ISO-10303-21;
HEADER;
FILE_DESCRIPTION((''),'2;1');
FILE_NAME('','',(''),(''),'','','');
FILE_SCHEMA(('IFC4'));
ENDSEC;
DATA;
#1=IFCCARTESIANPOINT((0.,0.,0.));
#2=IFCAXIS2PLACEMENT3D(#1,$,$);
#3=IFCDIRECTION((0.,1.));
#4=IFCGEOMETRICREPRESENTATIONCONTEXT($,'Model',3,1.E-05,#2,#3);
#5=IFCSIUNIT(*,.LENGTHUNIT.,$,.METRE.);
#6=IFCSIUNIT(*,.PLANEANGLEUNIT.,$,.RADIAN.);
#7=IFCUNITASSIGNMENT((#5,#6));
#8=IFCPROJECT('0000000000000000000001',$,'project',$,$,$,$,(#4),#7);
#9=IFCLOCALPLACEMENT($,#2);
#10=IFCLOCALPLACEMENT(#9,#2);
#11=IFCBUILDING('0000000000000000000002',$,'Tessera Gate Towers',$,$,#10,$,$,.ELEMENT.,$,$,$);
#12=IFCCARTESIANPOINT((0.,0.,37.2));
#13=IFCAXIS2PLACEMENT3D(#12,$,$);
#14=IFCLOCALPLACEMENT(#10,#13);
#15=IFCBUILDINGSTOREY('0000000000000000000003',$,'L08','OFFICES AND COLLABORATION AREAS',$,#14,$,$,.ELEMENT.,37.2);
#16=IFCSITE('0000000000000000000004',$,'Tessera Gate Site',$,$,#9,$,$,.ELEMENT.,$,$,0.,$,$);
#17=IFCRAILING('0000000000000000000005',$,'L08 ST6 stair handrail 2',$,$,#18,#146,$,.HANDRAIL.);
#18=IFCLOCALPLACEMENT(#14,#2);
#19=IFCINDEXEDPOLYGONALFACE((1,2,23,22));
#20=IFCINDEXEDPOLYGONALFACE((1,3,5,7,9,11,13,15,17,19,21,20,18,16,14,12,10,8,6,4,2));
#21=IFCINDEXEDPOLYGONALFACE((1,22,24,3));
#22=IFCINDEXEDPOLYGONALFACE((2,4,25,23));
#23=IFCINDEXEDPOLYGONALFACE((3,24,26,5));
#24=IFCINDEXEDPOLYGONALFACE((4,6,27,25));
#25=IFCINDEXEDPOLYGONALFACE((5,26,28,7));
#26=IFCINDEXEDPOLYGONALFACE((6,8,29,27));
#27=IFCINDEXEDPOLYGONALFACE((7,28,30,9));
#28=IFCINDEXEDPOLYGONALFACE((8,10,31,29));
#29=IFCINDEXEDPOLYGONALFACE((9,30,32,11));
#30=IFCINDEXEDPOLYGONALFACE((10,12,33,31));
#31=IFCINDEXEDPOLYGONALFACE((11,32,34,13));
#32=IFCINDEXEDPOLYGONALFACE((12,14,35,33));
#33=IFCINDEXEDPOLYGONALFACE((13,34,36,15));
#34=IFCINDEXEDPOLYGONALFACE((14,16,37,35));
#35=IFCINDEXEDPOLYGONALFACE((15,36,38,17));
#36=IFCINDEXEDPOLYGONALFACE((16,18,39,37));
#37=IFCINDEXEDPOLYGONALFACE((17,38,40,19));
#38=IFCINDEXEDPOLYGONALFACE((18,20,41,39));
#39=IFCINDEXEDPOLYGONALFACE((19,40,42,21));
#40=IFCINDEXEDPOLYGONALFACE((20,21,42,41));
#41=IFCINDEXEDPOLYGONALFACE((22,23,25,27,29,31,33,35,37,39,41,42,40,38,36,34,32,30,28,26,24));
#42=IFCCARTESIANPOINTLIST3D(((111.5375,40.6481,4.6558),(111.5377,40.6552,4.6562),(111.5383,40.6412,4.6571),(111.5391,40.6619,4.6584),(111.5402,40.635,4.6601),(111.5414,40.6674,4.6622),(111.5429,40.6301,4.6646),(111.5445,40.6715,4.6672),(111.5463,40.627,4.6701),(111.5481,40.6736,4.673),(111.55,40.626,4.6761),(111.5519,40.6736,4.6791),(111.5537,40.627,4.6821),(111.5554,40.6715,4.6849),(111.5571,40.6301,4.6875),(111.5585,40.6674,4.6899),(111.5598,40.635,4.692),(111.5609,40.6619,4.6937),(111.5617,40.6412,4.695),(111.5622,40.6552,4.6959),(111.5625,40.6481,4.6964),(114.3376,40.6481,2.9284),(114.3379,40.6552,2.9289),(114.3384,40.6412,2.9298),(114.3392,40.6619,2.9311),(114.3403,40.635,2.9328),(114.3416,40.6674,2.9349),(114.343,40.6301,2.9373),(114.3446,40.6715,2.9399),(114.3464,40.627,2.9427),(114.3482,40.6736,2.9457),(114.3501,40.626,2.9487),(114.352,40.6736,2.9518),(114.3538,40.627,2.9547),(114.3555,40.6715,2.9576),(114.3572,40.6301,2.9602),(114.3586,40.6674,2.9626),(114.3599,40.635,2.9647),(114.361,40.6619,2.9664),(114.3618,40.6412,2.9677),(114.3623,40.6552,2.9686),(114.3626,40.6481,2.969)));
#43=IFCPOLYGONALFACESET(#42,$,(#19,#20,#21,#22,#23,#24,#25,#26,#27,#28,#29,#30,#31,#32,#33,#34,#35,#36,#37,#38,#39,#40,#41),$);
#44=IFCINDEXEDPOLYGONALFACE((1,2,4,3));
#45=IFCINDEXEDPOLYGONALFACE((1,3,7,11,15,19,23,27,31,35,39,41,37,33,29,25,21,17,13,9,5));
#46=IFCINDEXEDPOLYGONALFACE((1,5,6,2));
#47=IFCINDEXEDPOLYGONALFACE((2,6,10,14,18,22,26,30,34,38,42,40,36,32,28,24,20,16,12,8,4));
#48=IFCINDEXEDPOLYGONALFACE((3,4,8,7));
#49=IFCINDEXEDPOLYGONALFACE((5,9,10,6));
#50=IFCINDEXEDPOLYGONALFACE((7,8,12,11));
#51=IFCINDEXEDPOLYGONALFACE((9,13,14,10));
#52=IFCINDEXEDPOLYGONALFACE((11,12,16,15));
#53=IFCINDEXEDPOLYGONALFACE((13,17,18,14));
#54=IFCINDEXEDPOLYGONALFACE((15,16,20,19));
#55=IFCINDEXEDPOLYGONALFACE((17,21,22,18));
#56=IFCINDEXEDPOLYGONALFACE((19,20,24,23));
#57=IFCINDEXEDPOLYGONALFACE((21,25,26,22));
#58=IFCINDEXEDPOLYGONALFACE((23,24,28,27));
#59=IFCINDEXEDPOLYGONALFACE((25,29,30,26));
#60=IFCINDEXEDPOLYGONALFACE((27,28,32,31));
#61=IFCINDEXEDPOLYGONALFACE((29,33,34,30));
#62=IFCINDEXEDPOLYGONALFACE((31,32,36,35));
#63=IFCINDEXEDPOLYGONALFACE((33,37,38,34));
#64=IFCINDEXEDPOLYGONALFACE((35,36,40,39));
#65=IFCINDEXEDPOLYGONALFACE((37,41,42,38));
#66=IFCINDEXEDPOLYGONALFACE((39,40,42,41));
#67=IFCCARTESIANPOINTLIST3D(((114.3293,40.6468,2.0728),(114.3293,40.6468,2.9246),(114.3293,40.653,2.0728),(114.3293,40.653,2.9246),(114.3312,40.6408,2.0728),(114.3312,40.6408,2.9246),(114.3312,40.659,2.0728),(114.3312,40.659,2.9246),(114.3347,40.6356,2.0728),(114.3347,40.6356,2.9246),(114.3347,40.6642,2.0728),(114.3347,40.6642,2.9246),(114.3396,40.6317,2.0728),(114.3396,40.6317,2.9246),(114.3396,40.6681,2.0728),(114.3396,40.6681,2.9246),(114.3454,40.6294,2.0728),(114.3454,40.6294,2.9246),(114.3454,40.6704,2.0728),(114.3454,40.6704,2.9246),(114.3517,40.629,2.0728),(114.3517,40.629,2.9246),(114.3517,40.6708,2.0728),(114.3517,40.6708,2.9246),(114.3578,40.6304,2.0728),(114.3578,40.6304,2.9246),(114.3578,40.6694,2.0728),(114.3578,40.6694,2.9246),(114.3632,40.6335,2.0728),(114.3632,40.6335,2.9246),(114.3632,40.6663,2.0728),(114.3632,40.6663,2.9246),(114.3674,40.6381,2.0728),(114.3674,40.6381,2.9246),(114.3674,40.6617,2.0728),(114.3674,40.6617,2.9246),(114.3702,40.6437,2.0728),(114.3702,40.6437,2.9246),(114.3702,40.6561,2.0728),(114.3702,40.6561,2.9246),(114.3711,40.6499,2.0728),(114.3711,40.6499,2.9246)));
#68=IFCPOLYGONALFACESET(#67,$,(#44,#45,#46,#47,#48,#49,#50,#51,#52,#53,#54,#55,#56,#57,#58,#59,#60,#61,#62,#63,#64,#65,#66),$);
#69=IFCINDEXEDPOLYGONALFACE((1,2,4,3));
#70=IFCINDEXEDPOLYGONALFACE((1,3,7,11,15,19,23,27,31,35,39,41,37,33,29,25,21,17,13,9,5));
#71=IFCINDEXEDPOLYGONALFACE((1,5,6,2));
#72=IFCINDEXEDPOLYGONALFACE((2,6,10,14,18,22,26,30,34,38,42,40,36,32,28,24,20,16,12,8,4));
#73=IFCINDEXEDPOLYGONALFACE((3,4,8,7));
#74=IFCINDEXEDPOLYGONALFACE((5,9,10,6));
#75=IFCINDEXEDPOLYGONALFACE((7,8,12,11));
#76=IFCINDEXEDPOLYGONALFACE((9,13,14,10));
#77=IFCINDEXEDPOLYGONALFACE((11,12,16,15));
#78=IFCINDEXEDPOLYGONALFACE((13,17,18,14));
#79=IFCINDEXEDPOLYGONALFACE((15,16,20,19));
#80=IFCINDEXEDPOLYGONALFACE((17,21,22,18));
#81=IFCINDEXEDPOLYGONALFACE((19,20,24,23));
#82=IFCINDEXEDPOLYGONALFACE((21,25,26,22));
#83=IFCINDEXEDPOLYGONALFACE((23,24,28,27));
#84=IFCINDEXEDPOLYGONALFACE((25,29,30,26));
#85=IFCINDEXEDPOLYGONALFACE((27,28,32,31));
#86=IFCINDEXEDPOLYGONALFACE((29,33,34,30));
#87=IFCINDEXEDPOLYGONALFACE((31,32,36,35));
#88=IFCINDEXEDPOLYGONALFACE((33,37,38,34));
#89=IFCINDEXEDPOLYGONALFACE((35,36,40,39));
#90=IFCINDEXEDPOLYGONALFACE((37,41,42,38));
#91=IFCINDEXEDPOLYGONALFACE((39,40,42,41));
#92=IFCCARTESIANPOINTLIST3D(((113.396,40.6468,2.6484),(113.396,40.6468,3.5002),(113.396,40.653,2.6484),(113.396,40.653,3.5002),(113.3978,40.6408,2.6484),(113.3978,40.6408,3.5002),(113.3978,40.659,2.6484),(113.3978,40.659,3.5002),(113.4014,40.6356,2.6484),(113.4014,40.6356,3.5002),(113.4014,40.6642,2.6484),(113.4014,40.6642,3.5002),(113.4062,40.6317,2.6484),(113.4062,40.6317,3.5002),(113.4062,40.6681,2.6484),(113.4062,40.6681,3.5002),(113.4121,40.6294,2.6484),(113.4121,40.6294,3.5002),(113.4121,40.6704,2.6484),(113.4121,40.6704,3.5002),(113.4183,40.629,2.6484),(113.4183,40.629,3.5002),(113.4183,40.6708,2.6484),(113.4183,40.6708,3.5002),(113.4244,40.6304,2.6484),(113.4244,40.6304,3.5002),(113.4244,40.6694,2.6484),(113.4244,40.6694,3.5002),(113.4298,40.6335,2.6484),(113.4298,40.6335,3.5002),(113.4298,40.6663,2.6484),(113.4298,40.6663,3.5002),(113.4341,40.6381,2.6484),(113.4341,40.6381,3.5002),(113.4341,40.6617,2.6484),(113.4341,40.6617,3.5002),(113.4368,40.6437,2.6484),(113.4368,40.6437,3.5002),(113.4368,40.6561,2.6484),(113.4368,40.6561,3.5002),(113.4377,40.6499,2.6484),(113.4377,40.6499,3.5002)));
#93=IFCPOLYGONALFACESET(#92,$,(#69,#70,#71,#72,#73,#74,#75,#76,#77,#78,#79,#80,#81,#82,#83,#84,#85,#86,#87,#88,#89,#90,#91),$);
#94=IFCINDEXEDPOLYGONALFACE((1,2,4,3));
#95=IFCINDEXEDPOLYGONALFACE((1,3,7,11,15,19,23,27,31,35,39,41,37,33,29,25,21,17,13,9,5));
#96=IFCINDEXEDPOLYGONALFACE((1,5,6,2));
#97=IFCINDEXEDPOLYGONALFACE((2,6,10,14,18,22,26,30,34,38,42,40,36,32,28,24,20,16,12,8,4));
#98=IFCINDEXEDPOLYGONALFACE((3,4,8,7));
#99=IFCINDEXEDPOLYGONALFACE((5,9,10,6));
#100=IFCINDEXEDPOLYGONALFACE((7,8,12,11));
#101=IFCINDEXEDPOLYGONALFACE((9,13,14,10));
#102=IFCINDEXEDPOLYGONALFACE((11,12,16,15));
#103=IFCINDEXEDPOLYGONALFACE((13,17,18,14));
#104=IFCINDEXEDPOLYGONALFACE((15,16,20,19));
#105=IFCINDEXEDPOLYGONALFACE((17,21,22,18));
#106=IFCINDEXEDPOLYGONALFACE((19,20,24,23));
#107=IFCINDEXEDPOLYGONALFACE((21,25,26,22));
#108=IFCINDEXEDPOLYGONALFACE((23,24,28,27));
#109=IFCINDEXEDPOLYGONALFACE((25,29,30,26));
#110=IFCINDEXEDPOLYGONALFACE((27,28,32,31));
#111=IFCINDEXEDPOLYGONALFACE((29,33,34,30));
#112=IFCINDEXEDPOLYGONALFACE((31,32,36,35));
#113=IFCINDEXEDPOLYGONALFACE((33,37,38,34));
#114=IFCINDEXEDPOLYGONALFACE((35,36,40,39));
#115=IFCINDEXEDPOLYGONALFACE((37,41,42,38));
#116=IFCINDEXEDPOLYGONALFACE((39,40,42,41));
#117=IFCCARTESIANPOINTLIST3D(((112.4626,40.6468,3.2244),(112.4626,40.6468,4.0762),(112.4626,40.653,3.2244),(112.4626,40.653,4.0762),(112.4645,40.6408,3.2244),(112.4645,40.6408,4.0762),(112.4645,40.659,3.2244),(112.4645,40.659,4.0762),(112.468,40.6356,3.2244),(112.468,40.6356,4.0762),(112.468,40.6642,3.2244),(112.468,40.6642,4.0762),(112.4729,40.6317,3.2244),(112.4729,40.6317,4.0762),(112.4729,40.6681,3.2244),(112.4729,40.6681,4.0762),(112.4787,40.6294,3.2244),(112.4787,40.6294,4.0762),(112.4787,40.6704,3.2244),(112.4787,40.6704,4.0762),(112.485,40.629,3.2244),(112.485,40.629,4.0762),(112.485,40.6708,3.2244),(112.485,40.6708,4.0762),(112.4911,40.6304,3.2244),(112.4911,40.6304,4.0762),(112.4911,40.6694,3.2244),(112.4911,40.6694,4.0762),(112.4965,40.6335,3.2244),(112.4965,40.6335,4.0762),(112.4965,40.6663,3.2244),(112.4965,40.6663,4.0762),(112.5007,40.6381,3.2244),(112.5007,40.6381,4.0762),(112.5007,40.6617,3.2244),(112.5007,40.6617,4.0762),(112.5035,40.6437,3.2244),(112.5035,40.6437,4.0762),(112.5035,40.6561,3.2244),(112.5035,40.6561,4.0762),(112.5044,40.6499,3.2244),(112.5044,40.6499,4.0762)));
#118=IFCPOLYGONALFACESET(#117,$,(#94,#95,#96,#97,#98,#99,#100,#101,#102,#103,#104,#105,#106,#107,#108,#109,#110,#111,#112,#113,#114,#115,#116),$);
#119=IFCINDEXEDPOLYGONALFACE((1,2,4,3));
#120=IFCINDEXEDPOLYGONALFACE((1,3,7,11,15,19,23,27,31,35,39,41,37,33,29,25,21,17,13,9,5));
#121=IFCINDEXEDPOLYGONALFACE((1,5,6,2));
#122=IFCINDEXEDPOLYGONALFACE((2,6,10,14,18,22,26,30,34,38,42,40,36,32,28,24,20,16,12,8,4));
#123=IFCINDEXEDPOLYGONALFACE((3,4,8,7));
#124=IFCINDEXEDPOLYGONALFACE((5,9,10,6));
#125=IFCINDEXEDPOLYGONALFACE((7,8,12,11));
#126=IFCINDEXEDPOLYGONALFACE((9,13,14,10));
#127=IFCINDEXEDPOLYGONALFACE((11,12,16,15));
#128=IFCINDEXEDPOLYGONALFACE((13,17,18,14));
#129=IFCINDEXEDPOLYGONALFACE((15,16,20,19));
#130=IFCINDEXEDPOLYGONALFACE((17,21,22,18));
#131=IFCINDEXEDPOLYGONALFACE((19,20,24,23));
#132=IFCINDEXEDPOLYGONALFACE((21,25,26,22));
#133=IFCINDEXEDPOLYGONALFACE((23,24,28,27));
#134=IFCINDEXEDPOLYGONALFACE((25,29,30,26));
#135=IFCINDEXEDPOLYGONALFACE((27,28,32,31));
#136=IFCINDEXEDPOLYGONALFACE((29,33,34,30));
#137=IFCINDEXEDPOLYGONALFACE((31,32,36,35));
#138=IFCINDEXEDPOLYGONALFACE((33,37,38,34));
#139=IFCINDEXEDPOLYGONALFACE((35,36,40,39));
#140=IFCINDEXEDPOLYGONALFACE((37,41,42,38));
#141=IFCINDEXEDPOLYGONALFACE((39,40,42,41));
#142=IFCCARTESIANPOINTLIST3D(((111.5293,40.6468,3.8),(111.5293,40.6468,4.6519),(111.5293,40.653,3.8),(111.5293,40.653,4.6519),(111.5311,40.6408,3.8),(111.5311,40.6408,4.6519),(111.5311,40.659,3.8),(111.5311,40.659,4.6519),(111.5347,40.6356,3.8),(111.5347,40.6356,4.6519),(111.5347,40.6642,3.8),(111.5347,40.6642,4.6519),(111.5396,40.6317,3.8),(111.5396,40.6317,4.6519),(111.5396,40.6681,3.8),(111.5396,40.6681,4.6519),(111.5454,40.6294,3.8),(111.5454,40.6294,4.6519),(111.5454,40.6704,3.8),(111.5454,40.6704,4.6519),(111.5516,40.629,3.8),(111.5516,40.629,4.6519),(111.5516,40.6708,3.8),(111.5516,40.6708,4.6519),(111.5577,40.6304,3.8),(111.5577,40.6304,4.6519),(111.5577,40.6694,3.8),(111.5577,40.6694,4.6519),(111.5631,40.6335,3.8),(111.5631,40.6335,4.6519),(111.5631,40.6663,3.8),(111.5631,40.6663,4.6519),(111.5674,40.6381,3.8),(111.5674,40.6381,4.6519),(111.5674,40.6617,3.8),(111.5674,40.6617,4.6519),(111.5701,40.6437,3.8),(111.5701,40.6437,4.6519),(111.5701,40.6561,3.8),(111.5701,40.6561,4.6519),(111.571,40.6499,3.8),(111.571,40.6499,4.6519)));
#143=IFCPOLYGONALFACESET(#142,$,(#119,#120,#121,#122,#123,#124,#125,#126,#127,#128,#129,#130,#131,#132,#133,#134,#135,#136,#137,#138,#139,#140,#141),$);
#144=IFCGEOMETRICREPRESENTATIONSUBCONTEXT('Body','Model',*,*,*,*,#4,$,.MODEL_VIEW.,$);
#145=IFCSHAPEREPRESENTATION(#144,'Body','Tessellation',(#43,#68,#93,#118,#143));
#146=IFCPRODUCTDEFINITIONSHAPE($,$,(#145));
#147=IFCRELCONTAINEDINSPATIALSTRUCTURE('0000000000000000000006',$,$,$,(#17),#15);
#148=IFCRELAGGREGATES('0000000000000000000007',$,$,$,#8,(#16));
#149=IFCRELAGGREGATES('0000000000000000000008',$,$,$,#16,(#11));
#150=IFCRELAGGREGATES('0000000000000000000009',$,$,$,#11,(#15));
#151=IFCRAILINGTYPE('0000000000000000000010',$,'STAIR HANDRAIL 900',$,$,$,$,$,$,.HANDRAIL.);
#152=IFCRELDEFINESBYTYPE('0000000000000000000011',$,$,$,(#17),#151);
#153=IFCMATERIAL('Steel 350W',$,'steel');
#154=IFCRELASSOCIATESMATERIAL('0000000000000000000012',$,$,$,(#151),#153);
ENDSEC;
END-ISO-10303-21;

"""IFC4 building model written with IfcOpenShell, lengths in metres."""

from ifc_helpers import new_model, si_unit, direction, frame, origin, origin_2d, place, context, subcontext, project, spatial, circle, extrude, material, type_object, element, save


model = new_model("IFC4")

# Units and contexts
model_context = context("Model", 3, precision=1e-05, world=origin(), true_north=direction((0.0, 1.0)))
body_context = subcontext(model_context, "Body", "Model", "MODEL_VIEW")
ifc_project = project(units=[si_unit("LENGTHUNIT", "METRE"), si_unit("PLANEANGLEUNIT", "RADIAN")], contexts=[model_context])

# Site, building, storey
site_placement = place(None, origin())
site = spatial("IfcSite", under=ifc_project, at=site_placement, Name="Tessera Gate Site", CompositionType="ELEMENT", RefElevation=0.0)
building_placement = place(site_placement, origin())
building = spatial("IfcBuilding", under=site, at=building_placement, Name="Tessera Gate Towers", CompositionType="ELEMENT")
storey_placement = place(building_placement, frame((0.0, 0.0, 37.2)))
storey = spatial("IfcBuildingStorey", under=building, at=storey_placement, Name="L08", Description="OFFICES AND COLLABORATION AREAS", CompositionType="ELEMENT", Elevation=37.2)

# Railing
ifc_material_1 = material(Name="Steel 350W", Category="steel")
railing_type = type_object("IfcRailingType", Name="STAIR HANDRAIL 900", PredefinedType="HANDRAIL", material=ifc_material_1)
railing_placement = place(storey_placement, frame((114.3501, 40.6499, 2.0728)))
element("IfcRailing", 1, at=railing_placement, inside=storey, type_object=railing_type, Name="L08 ST6 stair handrail 2", PredefinedType="HANDRAIL", context=body_context, shape_type="SweptSolid", body=[
    extrude(circle(Radius=0.0239, at=origin_2d()), frame((0.0, 0.0, 0.876), z_axis=(-0.85109, 0.0, 0.52502), x_axis=(0.0, -1.0, 0.0)), (0.0, 0.0, 1.0), 3.29),
    extrude(circle(Radius=0.021, at=origin_2d()), origin(), (0.0, 0.0, 1.0), 0.8518),
    extrude(circle(Radius=0.021, at=origin_2d()), frame((-0.9333, 0.0, 0.5757)), (0.0, 0.0, 1.0), 0.8518),
    extrude(circle(Radius=0.021, at=origin_2d()), frame((-1.8667, 0.0, 1.1516)), (0.0, 0.0, 1.0), 0.8518),
    extrude(circle(Radius=0.021, at=origin_2d()), frame((-2.8, 0.0, 1.7273)), (0.0, 0.0, 1.0), 0.8518),
])

save(model, "model.ifc")
